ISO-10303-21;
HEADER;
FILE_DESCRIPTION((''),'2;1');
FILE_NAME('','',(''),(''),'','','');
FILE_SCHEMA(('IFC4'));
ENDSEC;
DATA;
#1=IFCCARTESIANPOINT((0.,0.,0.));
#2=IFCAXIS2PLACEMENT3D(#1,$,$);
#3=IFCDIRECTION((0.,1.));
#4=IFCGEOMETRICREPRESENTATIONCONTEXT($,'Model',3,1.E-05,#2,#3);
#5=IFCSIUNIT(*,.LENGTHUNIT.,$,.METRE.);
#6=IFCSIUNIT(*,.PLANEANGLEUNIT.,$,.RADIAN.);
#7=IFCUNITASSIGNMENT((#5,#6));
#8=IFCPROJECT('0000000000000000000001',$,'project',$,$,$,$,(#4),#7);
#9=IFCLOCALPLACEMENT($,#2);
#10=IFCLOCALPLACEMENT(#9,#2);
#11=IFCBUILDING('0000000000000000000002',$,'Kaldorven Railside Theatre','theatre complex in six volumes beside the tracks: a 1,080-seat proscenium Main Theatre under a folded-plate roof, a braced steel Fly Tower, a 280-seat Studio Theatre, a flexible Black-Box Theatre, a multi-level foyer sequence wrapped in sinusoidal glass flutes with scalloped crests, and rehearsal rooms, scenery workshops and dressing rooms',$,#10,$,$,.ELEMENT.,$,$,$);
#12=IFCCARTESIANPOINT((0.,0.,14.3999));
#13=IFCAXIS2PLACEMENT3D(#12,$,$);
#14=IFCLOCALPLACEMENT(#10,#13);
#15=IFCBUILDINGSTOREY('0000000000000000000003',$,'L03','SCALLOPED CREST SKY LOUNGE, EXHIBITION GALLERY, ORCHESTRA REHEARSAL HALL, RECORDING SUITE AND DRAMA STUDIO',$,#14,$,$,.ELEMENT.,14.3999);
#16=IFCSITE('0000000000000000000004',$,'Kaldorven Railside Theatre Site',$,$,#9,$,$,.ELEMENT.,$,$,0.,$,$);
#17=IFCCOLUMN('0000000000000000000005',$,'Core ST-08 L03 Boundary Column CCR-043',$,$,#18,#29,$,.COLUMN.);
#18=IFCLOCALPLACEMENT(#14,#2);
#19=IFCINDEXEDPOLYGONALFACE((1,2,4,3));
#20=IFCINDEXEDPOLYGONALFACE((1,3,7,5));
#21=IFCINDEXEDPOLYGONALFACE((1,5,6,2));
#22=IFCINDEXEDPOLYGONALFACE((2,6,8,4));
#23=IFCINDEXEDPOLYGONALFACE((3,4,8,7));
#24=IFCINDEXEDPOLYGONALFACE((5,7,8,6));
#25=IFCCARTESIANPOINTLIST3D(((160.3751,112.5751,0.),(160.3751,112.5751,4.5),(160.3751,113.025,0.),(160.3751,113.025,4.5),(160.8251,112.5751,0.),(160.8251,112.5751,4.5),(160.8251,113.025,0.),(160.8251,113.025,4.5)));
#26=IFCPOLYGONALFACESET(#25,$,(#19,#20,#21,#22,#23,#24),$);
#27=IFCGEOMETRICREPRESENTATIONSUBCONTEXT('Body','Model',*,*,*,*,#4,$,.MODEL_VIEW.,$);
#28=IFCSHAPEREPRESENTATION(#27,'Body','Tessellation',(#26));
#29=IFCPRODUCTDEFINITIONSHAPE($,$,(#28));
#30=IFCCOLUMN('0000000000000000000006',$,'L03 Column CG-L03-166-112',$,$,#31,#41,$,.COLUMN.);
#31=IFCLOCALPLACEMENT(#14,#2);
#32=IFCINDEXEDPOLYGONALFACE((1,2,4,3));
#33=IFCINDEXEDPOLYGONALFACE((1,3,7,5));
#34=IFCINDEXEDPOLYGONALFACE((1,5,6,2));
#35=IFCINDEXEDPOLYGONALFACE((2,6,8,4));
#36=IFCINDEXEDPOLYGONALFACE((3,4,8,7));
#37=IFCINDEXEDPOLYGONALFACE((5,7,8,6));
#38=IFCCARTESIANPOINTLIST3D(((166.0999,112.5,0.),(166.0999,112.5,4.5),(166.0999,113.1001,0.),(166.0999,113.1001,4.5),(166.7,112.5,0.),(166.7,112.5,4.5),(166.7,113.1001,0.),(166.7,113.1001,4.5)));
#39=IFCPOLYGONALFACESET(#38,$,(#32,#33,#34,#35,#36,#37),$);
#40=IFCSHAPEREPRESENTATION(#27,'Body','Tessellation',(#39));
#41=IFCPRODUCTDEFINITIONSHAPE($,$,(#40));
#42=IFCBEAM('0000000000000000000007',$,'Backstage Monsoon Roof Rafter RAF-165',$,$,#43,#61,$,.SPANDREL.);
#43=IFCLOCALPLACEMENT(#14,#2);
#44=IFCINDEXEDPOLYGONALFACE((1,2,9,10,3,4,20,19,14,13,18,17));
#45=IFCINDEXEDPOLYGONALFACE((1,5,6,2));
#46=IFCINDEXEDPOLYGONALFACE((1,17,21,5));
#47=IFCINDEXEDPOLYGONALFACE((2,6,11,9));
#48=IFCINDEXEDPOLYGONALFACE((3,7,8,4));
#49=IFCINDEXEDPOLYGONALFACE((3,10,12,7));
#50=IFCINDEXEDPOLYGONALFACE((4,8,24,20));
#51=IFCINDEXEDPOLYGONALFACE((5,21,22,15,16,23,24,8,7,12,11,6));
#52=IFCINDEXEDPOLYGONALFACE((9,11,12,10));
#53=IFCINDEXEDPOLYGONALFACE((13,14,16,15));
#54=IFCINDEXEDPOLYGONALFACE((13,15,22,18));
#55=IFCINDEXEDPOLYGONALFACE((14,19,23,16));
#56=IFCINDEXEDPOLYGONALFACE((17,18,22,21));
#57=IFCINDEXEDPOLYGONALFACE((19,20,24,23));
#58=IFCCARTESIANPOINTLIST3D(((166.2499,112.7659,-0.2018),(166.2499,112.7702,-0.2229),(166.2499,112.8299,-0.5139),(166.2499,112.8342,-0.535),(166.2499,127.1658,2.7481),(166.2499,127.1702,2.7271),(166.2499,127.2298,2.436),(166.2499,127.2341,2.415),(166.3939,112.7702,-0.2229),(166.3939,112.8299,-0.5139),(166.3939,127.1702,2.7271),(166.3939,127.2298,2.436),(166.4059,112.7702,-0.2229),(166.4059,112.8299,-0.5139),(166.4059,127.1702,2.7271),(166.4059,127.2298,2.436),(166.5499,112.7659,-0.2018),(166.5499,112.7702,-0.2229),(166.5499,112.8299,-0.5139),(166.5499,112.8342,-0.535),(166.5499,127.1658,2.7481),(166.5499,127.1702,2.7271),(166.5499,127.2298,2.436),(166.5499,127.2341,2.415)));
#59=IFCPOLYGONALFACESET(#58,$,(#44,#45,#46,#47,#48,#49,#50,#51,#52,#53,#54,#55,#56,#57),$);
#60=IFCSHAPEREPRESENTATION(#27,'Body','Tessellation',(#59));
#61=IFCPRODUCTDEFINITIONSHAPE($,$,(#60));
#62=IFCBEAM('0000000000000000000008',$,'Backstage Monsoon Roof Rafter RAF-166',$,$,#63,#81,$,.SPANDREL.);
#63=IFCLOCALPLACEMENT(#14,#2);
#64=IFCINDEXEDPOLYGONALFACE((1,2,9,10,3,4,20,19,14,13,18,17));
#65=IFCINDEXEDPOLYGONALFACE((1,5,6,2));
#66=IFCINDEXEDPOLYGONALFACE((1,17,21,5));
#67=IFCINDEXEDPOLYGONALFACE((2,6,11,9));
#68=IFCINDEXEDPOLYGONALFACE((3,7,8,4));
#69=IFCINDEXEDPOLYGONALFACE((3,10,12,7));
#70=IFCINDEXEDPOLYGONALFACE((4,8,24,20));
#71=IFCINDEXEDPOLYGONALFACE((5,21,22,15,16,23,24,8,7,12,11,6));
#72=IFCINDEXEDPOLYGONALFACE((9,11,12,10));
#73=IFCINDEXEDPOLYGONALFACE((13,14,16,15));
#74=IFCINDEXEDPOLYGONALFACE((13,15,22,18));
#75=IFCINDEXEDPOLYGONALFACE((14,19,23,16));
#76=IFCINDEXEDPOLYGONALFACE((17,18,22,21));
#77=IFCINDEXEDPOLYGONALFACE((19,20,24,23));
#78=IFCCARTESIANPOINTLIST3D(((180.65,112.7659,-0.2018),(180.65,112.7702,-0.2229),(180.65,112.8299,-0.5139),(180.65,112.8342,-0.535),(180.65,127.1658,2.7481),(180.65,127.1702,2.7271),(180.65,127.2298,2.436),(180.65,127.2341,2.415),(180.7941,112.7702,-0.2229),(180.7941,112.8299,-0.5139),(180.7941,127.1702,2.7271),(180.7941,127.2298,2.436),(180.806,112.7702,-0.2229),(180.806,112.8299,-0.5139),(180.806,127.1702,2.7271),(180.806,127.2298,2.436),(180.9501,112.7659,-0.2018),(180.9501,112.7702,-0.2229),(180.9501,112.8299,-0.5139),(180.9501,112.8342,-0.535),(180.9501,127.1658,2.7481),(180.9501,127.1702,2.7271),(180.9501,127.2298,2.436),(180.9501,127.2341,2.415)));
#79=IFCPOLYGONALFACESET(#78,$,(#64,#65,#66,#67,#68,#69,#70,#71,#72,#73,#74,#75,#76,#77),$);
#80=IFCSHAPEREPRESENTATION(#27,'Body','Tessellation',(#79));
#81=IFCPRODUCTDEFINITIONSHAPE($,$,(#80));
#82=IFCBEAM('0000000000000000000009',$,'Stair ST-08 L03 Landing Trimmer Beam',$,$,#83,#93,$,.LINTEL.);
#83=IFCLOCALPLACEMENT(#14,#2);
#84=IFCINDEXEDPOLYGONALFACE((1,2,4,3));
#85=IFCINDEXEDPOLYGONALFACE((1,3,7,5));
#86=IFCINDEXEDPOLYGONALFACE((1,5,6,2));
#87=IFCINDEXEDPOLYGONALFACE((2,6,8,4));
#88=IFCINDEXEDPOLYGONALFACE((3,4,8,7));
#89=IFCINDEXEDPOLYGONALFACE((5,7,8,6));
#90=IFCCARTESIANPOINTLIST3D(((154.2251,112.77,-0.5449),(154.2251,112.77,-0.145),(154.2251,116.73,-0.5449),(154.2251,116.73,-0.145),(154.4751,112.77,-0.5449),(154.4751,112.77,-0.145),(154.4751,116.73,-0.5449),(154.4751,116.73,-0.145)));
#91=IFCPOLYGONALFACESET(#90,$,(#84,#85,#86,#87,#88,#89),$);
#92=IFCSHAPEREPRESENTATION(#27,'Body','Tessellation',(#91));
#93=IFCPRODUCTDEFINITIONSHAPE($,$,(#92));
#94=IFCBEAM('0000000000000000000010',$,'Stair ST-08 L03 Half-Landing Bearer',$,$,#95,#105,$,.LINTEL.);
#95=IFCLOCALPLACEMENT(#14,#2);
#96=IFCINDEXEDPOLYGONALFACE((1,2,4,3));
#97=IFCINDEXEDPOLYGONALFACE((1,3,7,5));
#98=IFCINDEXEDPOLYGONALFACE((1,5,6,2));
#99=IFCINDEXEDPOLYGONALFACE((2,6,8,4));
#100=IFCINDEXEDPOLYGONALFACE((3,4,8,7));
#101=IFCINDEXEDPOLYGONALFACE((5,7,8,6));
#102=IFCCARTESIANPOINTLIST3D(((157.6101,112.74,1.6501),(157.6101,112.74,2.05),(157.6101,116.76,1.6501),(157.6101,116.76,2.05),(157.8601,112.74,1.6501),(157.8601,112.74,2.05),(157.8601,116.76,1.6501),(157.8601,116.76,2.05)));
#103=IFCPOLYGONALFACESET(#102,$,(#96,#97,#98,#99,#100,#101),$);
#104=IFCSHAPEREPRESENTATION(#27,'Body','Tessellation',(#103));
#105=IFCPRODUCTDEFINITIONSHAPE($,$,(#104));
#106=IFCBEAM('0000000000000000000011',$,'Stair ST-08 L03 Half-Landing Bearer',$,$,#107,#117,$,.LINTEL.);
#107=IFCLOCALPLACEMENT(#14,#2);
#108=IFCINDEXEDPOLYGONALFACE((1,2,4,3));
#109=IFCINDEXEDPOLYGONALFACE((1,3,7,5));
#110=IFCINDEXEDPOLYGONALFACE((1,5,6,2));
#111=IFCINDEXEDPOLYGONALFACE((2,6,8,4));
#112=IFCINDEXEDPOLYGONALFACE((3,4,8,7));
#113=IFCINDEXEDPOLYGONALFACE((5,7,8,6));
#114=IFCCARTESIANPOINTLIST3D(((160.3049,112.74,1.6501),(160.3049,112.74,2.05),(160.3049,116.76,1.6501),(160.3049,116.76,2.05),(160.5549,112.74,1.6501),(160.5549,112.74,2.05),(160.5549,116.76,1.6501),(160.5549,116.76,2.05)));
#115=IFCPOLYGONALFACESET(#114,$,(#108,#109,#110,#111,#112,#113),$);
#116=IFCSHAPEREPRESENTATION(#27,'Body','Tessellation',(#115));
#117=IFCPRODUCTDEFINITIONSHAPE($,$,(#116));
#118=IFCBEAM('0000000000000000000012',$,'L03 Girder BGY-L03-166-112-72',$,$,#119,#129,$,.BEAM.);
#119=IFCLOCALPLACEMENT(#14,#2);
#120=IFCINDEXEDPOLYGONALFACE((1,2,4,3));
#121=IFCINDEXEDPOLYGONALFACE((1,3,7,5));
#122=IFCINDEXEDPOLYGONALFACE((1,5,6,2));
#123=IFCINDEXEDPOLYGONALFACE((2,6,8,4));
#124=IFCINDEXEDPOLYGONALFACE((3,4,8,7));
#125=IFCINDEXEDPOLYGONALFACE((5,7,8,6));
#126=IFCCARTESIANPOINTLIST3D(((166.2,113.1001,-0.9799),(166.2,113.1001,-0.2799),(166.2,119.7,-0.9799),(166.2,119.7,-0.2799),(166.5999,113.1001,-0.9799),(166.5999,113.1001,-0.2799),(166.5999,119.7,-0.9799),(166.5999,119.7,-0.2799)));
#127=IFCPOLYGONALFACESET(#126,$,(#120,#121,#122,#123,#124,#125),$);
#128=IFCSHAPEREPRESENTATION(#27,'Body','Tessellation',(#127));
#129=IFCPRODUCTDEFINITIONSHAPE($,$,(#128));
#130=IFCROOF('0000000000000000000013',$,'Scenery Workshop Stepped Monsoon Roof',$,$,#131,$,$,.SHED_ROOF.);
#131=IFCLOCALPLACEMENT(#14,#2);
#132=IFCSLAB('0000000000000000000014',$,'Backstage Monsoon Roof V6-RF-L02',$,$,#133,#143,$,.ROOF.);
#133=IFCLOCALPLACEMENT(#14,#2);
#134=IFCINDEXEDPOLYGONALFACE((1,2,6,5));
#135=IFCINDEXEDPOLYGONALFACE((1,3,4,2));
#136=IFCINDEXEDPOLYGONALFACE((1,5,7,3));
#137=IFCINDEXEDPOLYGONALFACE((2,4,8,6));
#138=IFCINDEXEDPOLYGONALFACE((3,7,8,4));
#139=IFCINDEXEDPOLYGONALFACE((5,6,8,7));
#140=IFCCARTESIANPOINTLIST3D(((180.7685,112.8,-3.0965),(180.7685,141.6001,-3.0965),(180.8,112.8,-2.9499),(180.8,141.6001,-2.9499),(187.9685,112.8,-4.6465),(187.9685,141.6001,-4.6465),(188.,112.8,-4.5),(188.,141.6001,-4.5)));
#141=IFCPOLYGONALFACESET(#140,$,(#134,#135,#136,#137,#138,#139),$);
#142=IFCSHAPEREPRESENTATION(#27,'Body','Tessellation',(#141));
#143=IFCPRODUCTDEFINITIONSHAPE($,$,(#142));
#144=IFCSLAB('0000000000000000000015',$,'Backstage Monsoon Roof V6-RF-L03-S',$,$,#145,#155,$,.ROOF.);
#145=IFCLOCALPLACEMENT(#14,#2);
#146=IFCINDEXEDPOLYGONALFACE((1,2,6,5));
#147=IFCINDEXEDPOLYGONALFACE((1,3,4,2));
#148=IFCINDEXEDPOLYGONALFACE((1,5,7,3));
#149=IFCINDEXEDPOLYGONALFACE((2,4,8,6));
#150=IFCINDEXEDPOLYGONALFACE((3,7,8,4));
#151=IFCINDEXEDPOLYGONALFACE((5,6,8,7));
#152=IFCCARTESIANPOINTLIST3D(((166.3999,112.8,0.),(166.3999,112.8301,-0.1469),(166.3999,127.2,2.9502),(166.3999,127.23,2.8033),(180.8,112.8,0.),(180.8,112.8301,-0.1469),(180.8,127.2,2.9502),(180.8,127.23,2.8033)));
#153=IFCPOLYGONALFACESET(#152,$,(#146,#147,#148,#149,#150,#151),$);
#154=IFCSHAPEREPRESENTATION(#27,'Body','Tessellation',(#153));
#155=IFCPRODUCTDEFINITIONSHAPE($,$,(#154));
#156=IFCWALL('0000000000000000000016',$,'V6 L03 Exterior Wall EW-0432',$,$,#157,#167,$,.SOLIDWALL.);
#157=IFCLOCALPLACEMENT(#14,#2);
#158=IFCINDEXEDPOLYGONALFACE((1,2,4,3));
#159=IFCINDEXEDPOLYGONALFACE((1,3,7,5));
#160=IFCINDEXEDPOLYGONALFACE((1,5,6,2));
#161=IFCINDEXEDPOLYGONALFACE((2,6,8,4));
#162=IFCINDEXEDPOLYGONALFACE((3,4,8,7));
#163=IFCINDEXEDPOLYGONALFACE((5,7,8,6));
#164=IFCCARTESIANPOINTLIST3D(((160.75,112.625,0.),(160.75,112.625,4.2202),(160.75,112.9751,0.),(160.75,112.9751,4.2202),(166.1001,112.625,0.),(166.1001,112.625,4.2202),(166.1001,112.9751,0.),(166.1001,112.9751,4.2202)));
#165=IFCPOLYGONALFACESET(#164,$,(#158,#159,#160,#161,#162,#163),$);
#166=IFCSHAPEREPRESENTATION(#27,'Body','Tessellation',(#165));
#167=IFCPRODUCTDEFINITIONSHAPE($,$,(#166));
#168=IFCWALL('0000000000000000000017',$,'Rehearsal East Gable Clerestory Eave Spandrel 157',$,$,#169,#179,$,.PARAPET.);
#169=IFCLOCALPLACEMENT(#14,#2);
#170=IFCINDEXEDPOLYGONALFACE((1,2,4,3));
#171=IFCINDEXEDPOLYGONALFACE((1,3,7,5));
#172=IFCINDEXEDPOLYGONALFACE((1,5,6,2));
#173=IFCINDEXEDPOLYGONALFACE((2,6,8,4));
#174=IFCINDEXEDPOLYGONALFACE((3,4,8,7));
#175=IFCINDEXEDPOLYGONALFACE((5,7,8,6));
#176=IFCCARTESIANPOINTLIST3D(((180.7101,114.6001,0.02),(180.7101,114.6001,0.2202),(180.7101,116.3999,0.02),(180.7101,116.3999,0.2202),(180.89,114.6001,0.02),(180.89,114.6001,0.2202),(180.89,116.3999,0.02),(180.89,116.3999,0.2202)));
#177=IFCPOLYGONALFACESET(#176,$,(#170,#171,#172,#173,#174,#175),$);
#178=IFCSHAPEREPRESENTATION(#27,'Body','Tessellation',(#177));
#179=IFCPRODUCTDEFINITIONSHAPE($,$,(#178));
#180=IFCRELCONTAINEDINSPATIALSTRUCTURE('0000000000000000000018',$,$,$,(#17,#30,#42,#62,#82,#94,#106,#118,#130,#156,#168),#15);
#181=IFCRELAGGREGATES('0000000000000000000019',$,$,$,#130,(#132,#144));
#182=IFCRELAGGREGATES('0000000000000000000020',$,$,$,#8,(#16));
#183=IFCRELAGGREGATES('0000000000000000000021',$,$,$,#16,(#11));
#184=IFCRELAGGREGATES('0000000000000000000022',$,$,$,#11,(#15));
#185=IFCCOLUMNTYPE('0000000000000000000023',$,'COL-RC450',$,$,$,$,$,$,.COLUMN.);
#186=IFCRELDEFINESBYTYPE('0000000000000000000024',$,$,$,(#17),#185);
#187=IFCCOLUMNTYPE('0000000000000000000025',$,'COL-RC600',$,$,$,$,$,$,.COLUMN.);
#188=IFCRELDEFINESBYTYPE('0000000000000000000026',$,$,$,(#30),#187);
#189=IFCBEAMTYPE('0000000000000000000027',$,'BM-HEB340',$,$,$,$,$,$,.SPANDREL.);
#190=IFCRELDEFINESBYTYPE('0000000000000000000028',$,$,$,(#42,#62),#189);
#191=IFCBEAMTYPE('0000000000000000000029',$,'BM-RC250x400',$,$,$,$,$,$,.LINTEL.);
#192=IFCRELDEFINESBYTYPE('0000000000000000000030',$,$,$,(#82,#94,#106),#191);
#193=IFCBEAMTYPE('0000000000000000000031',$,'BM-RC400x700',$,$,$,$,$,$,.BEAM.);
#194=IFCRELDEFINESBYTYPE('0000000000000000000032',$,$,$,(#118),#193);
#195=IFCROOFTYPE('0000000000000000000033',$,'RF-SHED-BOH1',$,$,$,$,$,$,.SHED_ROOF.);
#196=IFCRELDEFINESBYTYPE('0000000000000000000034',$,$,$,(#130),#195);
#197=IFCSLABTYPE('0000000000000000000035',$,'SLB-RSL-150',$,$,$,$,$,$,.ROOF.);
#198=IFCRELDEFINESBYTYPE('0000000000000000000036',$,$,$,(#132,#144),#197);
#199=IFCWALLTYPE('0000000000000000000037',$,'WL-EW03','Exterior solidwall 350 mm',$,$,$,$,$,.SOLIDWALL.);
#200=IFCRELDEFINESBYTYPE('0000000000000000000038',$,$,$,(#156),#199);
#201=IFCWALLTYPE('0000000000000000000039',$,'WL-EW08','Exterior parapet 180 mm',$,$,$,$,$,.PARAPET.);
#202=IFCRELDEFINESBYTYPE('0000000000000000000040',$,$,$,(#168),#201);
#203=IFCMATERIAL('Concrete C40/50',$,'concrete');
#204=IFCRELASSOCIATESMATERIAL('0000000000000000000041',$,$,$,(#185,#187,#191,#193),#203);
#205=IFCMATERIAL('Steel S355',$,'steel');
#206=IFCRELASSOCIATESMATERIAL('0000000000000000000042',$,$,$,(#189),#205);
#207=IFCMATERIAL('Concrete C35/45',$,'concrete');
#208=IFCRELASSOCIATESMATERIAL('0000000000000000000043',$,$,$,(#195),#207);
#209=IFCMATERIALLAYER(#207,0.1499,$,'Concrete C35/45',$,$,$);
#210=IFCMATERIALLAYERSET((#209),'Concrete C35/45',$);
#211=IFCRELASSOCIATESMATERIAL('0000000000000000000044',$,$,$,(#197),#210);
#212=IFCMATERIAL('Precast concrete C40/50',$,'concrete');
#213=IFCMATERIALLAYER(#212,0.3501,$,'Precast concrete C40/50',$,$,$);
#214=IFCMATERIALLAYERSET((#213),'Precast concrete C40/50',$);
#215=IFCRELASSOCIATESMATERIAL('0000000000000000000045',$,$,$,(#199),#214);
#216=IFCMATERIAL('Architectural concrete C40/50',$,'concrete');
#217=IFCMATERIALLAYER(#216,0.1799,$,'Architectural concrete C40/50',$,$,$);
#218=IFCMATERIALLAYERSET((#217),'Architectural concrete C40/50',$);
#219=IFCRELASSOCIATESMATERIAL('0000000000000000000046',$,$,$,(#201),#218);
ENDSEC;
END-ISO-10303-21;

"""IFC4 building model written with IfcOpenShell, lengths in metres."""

from ifc_helpers import new_model, si_unit, direction, frame, frame_2d, origin, origin_2d, place, context, subcontext, project, spatial, polyline, rectangle, i_section, outline, extrude, material, layer, layer_set, material_profile, profile_set, type_object, element, aggregate, save


model = new_model("IFC4")

# Units and contexts
model_context = context("Model", 3, precision=1e-05, world=origin(), true_north=direction((0.0, 1.0)))
body_context = subcontext(model_context, "Body", "Model", "MODEL_VIEW")
ifc_project = project(units=[si_unit("LENGTHUNIT", "METRE"), si_unit("PLANEANGLEUNIT", "RADIAN")], contexts=[model_context])

# Site, building, storey
site_placement = place(None, origin())
site = spatial("IfcSite", under=ifc_project, at=site_placement, Name="Kaldorven Railside Theatre Site", CompositionType="ELEMENT", RefElevation=0.0)
building_placement = place(site_placement, origin())
building = spatial("IfcBuilding", under=site, at=building_placement, Name="Kaldorven Railside Theatre", Description="theatre complex in six volumes beside the tracks: a 1,080-seat proscenium Main Theatre under a folded-plate roof, a braced steel Fly Tower, a 280-seat Studio Theatre, a flexible Black-Box Theatre, a multi-level foyer sequence wrapped in sinusoidal glass flutes with scalloped crests, and rehearsal rooms, scenery workshops and dressing rooms", CompositionType="ELEMENT")
storey_placement = place(building_placement, frame((0.0, 0.0, 14.3999)))
storey = spatial("IfcBuildingStorey", under=building, at=storey_placement, Name="L03", Description="SCALLOPED CREST SKY LOUNGE, EXHIBITION GALLERY, ORCHESTRA REHEARSAL HALL, RECORDING SUITE AND DRAMA STUDIO", CompositionType="ELEMENT", Elevation=14.3999)

# Columns
ifc_material_1 = material(Name="Concrete C40/50", Category="concrete")
ifc_material_profile_1 = material_profile(ifc_material_1, rectangle(XDim=0.45, YDim=0.45, at=origin_2d()), Name="RC 450x450")
ifc_profile_set_1 = profile_set([ifc_material_profile_1], Name="Concrete C40/50")
column_type_1 = type_object("IfcColumnType", Name="COL-RC450", PredefinedType="COLUMN", material=ifc_profile_set_1)
column_1_placement = place(storey_placement, frame((160.6001, 112.8, 0.0), z_axis=(0.0, 0.0, 1.0), x_axis=(1.0, 0.0, 0.0)))
element("IfcColumn", 1, at=column_1_placement, inside=storey, type_object=column_type_1, Name="Core ST-08 L03 Boundary Column CCR-043", PredefinedType="COLUMN", context=body_context, shape_type="SweptSolid", body=[
    extrude(rectangle(XDim=0.45, YDim=0.45, at=origin_2d()), origin(), (0.0, 0.0, 1.0), 4.5),
])
ifc_material_profile_2 = material_profile(ifc_material_1, rectangle(XDim=0.6001, YDim=0.6001, at=origin_2d()), Name="RC 600x600")
ifc_profile_set_2 = profile_set([ifc_material_profile_2], Name="Concrete C40/50")
column_type_2 = type_object("IfcColumnType", Name="COL-RC600", PredefinedType="COLUMN", material=ifc_profile_set_2)
column_2_placement = place(storey_placement, frame((166.3999, 112.8, 0.0), z_axis=(0.0, 0.0, 1.0), x_axis=(0.0, 1.0, 0.0)))
element("IfcColumn", 2, at=column_2_placement, inside=storey, type_object=column_type_2, Name="L03 Column CG-L03-166-112", PredefinedType="COLUMN", context=body_context, shape_type="SweptSolid", body=[
    extrude(rectangle(XDim=0.6001, YDim=0.6001, at=origin_2d()), origin(), (0.0, 0.0, 1.0), 4.5),
])

# Beams
ifc_material_2 = material(Name="Steel S355", Category="steel")
ifc_material_profile_3 = material_profile(ifc_material_2, i_section(OverallWidth=0.3, OverallDepth=0.3401, WebThickness=0.012, FlangeThickness=0.0215, at=origin_2d()), Name="HEB 340")
ifc_profile_set_3 = profile_set([ifc_material_profile_3], Name="Steel S355")
beam_type_1 = type_object("IfcBeamType", Name="BM-HEB340", PredefinedType="SPANDREL", material=ifc_profile_set_3)
for number, where, z_axis, x_axis, name in (
    (3, (166.3999, 112.8, -0.3684), (0.0, 0.979655, 0.200691), (-1.0, 0.0, 0.0), "Backstage Monsoon Roof Rafter RAF-165"),
    (4, (180.8, 112.8, -0.3684), (0.0, 0.979655, 0.200691), (-1.0, 0.0, 0.0), "Backstage Monsoon Roof Rafter RAF-166"),
):
    element("IfcBeam", number, at=place(storey_placement, frame(where, z_axis=z_axis, x_axis=x_axis)), inside=storey, type_object=beam_type_1, Name=name, PredefinedType="SPANDREL", context=body_context, shape_type="SweptSolid", body=[
        extrude(i_section(OverallWidth=0.3, OverallDepth=0.3401, WebThickness=0.012, FlangeThickness=0.0215, at=origin_2d()), origin(), (0.0, 0.0, 1.0), 14.699),
    ])
ifc_material_profile_4 = material_profile(ifc_material_1, rectangle(XDim=0.25, YDim=0.3999, at=origin_2d()), Name="RC 250x400")
ifc_profile_set_4 = profile_set([ifc_material_profile_4], Name="Concrete C40/50")
beam_type_2 = type_object("IfcBeamType", Name="BM-RC250x400", PredefinedType="LINTEL", material=ifc_profile_set_4)
beam_1_placement = place(storey_placement, frame((154.3501, 112.77, -0.345), z_axis=(0.0, 1.0, 0.0), x_axis=(-1.0, 0.0, 0.0)))
element("IfcBeam", 5, at=beam_1_placement, inside=storey, type_object=beam_type_2, Name="Stair ST-08 L03 Landing Trimmer Beam", PredefinedType="LINTEL", context=body_context, shape_type="SweptSolid", body=[
    extrude(rectangle(XDim=0.25, YDim=0.3999, at=origin_2d()), origin(), (0.0, 0.0, 1.0), 3.96),
])
for number, where, z_axis, x_axis, name in (
    (6, (157.7351, 112.74, 1.8501), (0.0, 1.0, 0.0), (-1.0, 0.0, 0.0), "Stair ST-08 L03 Half-Landing Bearer"),
    (7, (160.4299, 112.74, 1.8501), (0.0, 1.0, 0.0), (-1.0, 0.0, 0.0), "Stair ST-08 L03 Half-Landing Bearer"),
):
    element("IfcBeam", number, at=place(storey_placement, frame(where, z_axis=z_axis, x_axis=x_axis)), inside=storey, type_object=beam_type_2, Name=name, PredefinedType="LINTEL", context=body_context, shape_type="SweptSolid", body=[
        extrude(rectangle(XDim=0.25, YDim=0.3999, at=origin_2d()), origin(), (0.0, 0.0, 1.0), 4.02),
    ])
ifc_material_profile_5 = material_profile(ifc_material_1, rectangle(XDim=0.3999, YDim=0.7, at=origin_2d()), Name="RC 400x700")
ifc_profile_set_5 = profile_set([ifc_material_profile_5], Name="Concrete C40/50")
beam_type_3 = type_object("IfcBeamType", Name="BM-RC400x700", PredefinedType="BEAM", material=ifc_profile_set_5)
beam_2_placement = place(storey_placement, frame((166.3999, 113.1001, -0.6299), z_axis=(0.0, 1.0, 0.0), x_axis=(-1.0, 0.0, 0.0)))
element("IfcBeam", 8, at=beam_2_placement, inside=storey, type_object=beam_type_3, Name="L03 Girder BGY-L03-166-112-72", PredefinedType="BEAM", context=body_context, shape_type="SweptSolid", body=[
    extrude(rectangle(XDim=0.3999, YDim=0.7, at=origin_2d()), origin(), (0.0, 0.0, 1.0), 6.5999),
])

# Roof, slabs
ifc_material_3 = material(Name="Concrete C35/45", Category="concrete")
roof_type = type_object("IfcRoofType", Name="RF-SHED-BOH1", PredefinedType="SHED_ROOF", material=ifc_material_3)
roof_placement = place(storey_placement, origin())
roof = element("IfcRoof", 9, at=roof_placement, inside=storey, type_object=roof_type, Name="Scenery Workshop Stepped Monsoon Roof", PredefinedType="SHED_ROOF")
ifc_layer_1 = layer(ifc_material_3, 0.1499, Name="Concrete C35/45")
ifc_layer_set_1 = layer_set([ifc_layer_1], Name="Concrete C35/45")
slab_type = type_object("IfcSlabType", Name="SLB-RSL-150", PredefinedType="ROOF", material=ifc_layer_set_1)
placement = place(building_placement, frame((0.0, 0.0, 9.8999)))
slab_1_placement = place(placement, frame((180.8, 112.8, 1.55), z_axis=(0.210464, 0.0, 0.977602), x_axis=(0.977602, 0.0, -0.210464)))
slab_1 = element("IfcSlab", 10, at=slab_1_placement, type_object=slab_type, Name="Backstage Monsoon Roof V6-RF-L02", PredefinedType="ROOF", context=body_context, shape_type="SweptSolid", body=[
    extrude(outline(polyline([(0.0, 0.0), (7.3649, 0.0), (7.3649, 28.8), (0.0, 28.8), (0.0, 0.0)])), origin(), (0.0, 0.0, -1.0), 0.1499),
])
slab_2_placement = place(storey_placement, frame((166.3999, 112.8, 0.0), z_axis=(0.0, -0.200707, 0.979651), x_axis=(1.0, 0.0, 0.0)))
slab_2 = element("IfcSlab", 11, at=slab_2_placement, type_object=slab_type, Name="Backstage Monsoon Roof V6-RF-L03-S", PredefinedType="ROOF", context=body_context, shape_type="SweptSolid", body=[
    extrude(outline(polyline([(0.0, 0.0), (14.4001, 0.0), (14.4001, 14.699), (0.0, 14.699), (0.0, 0.0)])), origin(), (0.0, 0.0, -1.0), 0.1499),
])
aggregate(roof, [slab_1, slab_2])

# Walls
ifc_material_4 = material(Name="Precast concrete C40/50", Category="concrete")
ifc_layer_2 = layer(ifc_material_4, 0.3501, Name="Precast concrete C40/50")
ifc_layer_set_2 = layer_set([ifc_layer_2], Name="Precast concrete C40/50")
wall_type_1 = type_object("IfcWallType", Name="WL-EW03", Description="Exterior solidwall 350 mm", PredefinedType="SOLIDWALL", material=ifc_layer_set_2)
wall_1_placement = place(storey_placement, frame((166.1001, 112.8, 0.0), z_axis=(0.0, 0.0, 1.0), x_axis=(-1.0, 0.0, 0.0)))
element("IfcWall", 12, at=wall_1_placement, inside=storey, type_object=wall_type_1, Name="V6 L03 Exterior Wall EW-0432", PredefinedType="SOLIDWALL", context=body_context, shape_type="SweptSolid", body=[
    extrude(rectangle(XDim=5.3501, YDim=0.3501, at=frame_2d((2.675, 0.0))), origin(), (0.0, 0.0, 1.0), 4.2202),
])
ifc_material_5 = material(Name="Architectural concrete C40/50", Category="concrete")
ifc_layer_3 = layer(ifc_material_5, 0.1799, Name="Architectural concrete C40/50")
ifc_layer_set_3 = layer_set([ifc_layer_3], Name="Architectural concrete C40/50")
wall_type_2 = type_object("IfcWallType", Name="WL-EW08", Description="Exterior parapet 180 mm", PredefinedType="PARAPET", material=ifc_layer_set_3)
wall_2_placement = place(storey_placement, frame((180.8, 114.6001, 0.02), z_axis=(0.0, 0.0, 1.0), x_axis=(0.0, 1.0, 0.0)))
element("IfcWall", 13, at=wall_2_placement, inside=storey, type_object=wall_type_2, Name="Rehearsal East Gable Clerestory Eave Spandrel 157", PredefinedType="PARAPET", context=body_context, shape_type="SweptSolid", body=[
    extrude(rectangle(XDim=1.7998, YDim=0.1799, at=frame_2d((0.8999, 0.0))), origin(), (0.0, 0.0, 1.0), 0.2002),
])

save(model, "model.ifc")
